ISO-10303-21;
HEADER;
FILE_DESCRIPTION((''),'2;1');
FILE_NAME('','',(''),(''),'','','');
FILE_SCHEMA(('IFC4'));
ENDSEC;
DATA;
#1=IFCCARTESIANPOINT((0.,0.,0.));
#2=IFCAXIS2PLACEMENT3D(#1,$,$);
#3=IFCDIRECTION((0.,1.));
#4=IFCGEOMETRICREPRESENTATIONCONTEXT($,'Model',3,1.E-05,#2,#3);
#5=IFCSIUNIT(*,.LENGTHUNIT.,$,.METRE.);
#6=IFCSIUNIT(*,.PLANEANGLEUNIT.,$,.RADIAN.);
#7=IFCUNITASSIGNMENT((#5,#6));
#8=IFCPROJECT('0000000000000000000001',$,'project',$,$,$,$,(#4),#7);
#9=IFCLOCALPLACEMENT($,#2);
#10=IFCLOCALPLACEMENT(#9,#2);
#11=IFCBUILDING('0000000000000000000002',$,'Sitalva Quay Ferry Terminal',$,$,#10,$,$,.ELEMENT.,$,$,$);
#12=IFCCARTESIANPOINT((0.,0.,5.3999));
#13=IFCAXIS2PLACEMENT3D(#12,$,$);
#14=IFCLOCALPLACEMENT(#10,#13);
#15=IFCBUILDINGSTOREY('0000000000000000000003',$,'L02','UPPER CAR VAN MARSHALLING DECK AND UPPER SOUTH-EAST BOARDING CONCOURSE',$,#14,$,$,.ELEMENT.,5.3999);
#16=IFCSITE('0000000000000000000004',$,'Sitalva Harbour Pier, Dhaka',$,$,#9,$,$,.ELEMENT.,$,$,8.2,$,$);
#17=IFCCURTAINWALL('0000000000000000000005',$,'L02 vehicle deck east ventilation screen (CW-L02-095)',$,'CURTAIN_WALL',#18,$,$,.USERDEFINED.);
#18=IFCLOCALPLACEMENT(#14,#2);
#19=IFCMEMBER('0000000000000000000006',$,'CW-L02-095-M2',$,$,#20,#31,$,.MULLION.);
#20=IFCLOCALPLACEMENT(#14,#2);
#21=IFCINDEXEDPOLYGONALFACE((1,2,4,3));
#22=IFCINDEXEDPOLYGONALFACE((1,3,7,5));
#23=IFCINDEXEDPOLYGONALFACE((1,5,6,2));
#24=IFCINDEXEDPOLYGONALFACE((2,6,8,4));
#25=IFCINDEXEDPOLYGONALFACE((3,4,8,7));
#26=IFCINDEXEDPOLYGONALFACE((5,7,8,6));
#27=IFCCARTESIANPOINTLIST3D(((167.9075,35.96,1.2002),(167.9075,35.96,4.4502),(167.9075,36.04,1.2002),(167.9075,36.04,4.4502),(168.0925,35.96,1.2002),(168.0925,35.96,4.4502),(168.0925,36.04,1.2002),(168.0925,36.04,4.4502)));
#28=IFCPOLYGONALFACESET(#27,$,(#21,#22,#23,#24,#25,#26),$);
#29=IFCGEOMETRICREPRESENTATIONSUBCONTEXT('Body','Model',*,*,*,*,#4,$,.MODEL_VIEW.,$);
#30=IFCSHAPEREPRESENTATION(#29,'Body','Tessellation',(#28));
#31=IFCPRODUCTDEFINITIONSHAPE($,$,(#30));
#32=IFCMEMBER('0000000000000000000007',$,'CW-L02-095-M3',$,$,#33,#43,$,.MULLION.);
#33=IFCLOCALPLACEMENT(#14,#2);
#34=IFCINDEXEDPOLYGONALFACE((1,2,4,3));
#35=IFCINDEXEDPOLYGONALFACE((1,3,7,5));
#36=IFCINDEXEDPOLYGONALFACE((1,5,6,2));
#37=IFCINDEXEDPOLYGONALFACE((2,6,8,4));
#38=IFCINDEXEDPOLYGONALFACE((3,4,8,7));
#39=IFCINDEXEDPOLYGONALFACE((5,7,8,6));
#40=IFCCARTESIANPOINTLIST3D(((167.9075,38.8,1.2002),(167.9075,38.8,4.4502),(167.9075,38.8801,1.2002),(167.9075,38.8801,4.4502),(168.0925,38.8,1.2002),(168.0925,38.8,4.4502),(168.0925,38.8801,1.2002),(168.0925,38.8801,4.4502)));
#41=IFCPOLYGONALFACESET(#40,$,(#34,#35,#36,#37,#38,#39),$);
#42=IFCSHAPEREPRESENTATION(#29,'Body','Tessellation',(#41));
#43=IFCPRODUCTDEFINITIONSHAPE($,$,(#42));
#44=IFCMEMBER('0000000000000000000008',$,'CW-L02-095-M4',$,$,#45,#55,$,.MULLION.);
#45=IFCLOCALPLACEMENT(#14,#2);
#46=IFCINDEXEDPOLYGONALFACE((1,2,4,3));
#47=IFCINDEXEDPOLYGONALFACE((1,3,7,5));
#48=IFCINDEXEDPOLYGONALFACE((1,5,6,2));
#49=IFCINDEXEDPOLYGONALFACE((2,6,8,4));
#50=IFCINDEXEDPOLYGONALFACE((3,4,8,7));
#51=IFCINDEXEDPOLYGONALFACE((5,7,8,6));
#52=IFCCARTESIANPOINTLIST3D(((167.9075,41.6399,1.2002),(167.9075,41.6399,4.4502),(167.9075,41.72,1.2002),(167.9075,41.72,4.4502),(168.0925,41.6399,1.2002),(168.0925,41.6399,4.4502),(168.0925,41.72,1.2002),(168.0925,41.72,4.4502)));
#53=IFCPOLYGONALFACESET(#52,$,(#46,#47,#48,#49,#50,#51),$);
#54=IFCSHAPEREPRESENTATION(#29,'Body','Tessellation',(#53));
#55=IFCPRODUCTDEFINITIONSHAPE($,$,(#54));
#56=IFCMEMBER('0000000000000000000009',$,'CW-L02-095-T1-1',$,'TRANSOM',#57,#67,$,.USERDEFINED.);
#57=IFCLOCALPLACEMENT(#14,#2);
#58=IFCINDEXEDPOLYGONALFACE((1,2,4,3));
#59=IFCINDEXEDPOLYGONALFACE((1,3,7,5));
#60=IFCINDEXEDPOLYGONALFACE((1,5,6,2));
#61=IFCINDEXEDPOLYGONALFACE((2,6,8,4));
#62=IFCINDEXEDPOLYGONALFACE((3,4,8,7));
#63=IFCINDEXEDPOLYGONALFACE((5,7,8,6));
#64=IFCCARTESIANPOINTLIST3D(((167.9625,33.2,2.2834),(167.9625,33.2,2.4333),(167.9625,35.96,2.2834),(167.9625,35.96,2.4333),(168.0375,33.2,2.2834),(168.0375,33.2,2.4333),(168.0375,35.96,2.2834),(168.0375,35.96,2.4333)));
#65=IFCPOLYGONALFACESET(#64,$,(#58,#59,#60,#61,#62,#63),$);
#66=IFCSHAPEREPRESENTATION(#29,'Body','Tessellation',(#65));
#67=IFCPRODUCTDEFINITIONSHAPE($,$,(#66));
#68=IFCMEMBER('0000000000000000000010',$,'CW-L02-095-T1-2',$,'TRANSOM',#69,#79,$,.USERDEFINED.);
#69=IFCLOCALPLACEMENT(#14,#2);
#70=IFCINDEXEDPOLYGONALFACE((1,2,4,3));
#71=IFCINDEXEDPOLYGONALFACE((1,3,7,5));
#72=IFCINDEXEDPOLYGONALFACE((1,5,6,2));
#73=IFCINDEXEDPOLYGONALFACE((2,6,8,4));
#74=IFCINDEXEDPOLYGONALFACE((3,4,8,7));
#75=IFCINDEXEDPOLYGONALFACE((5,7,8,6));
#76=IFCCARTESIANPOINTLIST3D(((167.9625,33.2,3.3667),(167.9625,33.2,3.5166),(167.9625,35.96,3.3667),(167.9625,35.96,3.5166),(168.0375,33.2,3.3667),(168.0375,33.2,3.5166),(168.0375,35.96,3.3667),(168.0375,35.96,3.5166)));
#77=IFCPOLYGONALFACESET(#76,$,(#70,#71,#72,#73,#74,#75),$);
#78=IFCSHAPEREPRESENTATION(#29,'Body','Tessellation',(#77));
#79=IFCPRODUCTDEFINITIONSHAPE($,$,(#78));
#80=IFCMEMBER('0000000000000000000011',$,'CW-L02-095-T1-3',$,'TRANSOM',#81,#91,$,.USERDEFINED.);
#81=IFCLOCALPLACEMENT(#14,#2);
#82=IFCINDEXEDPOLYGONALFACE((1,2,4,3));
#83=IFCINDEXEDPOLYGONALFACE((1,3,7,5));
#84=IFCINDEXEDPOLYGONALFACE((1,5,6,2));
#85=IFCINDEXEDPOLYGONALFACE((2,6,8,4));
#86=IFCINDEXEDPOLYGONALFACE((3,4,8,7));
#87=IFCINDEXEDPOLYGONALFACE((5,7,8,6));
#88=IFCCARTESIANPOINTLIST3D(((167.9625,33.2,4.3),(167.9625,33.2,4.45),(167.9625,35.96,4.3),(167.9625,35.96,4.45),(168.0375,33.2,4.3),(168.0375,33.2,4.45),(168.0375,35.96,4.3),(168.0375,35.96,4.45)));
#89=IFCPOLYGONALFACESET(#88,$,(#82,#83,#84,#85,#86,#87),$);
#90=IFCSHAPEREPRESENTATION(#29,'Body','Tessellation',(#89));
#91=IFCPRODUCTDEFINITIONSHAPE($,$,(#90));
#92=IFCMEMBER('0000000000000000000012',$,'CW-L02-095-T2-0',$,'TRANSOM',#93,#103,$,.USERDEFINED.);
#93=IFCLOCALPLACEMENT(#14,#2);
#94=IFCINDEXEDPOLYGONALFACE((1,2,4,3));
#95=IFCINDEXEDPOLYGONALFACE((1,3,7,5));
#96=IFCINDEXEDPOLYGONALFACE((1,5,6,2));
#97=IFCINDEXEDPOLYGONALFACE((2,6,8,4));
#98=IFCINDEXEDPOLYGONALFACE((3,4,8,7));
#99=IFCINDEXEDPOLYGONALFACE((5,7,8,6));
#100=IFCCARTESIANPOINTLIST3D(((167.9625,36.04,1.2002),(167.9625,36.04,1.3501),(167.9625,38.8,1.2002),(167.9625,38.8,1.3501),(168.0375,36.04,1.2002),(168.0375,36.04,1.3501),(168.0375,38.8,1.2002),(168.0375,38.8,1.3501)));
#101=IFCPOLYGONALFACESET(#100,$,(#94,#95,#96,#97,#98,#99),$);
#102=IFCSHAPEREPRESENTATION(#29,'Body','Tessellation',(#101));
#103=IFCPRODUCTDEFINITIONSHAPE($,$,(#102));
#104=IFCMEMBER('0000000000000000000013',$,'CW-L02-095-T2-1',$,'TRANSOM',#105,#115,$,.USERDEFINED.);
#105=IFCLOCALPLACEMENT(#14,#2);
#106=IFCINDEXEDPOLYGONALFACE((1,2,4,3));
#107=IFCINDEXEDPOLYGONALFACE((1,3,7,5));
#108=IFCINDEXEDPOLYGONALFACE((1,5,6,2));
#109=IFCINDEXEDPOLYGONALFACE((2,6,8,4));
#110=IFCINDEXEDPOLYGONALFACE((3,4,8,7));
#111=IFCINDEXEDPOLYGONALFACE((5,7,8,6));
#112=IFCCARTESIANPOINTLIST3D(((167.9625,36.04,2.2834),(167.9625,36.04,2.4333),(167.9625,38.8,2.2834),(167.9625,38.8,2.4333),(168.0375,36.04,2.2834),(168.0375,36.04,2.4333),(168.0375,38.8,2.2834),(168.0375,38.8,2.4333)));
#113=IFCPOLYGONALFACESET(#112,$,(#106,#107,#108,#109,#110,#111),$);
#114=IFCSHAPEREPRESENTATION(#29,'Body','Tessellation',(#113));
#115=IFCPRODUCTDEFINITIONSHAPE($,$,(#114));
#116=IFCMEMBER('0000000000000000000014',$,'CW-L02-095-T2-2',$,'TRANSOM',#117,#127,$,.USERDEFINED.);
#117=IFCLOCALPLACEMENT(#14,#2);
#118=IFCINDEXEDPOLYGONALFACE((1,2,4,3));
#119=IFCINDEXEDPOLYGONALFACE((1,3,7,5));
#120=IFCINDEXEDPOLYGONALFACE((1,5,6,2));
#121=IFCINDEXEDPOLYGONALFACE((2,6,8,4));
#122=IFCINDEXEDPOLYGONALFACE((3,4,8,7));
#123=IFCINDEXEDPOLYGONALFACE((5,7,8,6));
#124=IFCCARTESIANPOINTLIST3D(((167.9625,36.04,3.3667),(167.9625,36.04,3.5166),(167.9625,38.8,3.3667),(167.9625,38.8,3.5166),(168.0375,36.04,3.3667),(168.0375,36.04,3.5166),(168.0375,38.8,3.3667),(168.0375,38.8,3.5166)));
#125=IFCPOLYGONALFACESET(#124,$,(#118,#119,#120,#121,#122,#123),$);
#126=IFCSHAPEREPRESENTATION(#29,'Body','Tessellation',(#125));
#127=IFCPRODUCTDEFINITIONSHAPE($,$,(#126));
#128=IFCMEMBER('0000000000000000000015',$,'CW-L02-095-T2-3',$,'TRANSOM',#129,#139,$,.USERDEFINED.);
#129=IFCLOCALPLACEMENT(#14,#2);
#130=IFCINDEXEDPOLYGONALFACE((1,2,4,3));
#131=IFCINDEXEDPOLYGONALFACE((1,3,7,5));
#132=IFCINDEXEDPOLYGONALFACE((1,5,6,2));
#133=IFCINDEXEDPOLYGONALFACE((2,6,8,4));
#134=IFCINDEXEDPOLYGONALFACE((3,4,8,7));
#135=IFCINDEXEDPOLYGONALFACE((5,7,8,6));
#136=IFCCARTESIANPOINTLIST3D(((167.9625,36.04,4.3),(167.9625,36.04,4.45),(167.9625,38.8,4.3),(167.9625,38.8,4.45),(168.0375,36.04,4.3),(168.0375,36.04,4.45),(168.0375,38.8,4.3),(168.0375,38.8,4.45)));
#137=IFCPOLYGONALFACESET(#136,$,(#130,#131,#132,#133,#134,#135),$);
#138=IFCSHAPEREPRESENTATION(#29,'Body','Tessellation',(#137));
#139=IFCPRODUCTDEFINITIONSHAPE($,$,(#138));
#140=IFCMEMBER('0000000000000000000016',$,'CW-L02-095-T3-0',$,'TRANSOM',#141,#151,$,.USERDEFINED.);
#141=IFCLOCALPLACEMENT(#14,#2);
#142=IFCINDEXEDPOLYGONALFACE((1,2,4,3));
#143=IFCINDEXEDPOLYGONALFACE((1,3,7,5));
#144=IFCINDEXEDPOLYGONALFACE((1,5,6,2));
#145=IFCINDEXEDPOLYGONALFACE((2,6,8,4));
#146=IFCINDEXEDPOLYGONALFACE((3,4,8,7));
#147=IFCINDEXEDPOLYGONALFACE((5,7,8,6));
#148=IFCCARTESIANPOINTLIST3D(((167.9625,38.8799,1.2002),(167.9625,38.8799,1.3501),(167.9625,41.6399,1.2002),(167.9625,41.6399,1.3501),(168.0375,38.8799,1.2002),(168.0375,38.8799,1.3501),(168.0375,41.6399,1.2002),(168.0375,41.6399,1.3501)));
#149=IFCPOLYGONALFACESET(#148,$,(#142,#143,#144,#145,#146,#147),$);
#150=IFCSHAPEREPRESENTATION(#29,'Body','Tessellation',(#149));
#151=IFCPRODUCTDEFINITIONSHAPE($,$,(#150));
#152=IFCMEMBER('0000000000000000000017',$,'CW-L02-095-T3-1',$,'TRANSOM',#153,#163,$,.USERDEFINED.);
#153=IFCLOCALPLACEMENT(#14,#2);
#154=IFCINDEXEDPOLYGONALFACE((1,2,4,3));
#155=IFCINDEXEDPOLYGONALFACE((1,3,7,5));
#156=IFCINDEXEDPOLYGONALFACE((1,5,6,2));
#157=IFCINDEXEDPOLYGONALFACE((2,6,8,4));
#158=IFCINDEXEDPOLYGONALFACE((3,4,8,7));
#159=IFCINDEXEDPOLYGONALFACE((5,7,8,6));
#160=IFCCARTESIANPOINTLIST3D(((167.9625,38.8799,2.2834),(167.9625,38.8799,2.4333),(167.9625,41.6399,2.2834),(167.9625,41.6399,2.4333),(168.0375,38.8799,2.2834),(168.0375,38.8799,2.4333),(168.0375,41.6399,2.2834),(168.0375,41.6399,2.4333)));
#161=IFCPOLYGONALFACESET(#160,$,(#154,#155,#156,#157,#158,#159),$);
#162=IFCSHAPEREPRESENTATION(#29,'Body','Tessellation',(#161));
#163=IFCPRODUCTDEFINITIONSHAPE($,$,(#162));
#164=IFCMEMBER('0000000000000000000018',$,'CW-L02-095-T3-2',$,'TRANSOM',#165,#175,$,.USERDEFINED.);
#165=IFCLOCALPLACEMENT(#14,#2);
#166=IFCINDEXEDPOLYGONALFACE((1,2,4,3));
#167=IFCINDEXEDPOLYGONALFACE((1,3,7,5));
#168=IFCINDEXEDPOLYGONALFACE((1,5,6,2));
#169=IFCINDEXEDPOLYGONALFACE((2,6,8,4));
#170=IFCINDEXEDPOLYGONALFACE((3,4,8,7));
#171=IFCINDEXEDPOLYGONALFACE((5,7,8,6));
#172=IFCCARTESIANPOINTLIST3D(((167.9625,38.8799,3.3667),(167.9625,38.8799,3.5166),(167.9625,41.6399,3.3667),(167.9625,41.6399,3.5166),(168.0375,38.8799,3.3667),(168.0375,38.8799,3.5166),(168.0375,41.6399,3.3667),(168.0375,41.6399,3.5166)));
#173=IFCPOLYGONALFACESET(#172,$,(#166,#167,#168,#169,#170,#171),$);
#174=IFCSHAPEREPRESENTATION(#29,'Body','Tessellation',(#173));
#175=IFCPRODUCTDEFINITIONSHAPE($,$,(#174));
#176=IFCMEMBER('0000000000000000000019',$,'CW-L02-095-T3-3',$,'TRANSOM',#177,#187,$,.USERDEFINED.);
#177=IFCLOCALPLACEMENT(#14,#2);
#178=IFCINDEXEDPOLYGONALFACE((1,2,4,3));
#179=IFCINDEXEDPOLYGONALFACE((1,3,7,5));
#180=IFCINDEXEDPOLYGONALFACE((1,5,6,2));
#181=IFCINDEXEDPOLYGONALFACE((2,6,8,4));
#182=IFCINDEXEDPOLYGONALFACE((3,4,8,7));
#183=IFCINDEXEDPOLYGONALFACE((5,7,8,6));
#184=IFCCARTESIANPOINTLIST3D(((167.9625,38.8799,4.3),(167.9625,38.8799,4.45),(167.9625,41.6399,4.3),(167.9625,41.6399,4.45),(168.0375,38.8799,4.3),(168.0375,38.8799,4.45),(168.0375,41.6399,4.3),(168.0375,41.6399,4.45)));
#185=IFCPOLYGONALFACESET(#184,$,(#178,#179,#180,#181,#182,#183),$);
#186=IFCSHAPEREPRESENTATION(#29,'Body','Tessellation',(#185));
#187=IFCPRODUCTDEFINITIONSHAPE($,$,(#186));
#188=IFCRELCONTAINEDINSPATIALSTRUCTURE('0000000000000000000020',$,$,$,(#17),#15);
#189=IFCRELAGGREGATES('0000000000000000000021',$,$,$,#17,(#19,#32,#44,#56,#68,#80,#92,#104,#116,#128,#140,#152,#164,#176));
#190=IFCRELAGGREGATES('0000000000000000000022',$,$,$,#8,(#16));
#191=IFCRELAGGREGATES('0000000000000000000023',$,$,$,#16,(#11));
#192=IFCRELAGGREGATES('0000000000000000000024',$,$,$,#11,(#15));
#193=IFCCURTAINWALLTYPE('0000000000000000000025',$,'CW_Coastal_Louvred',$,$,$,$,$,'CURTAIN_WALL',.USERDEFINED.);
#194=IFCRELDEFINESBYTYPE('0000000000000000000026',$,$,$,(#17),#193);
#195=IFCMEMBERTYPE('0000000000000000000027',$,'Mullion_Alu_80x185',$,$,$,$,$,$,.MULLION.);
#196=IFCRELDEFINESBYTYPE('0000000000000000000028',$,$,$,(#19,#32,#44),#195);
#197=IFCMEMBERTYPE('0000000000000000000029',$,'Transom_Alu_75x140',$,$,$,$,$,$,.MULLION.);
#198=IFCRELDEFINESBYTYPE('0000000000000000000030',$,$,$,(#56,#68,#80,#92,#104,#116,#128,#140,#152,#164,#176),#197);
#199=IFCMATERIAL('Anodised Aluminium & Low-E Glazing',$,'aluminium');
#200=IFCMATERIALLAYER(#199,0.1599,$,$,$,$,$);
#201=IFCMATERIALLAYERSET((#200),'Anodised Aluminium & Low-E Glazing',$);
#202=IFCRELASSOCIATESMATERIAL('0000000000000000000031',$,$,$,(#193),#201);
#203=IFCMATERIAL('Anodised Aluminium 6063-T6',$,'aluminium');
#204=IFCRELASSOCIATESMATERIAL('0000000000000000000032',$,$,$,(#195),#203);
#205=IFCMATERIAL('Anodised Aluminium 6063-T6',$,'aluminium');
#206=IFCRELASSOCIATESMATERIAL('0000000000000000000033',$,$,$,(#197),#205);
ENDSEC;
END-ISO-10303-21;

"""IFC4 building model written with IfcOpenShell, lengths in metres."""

from ifc_helpers import new_model, si_unit, direction, frame, origin, origin_2d, place, context, subcontext, project, spatial, rectangle, extrude, material, layer, layer_set, material_profile, profile_set, type_object, element, aggregate, save


model = new_model("IFC4")

# Units and contexts
model_context = context("Model", 3, precision=1e-05, world=origin(), true_north=direction((0.0, 1.0)))
body_context = subcontext(model_context, "Body", "Model", "MODEL_VIEW")
ifc_project = project(units=[si_unit("LENGTHUNIT", "METRE"), si_unit("PLANEANGLEUNIT", "RADIAN")], contexts=[model_context])

# Site, building, storey
site_placement = place(None, origin())
site = spatial("IfcSite", under=ifc_project, at=site_placement, Name="Sitalva Harbour Pier, Dhaka", CompositionType="ELEMENT", RefElevation=8.2)
building_placement = place(site_placement, origin())
building = spatial("IfcBuilding", under=site, at=building_placement, Name="Sitalva Quay Ferry Terminal", CompositionType="ELEMENT")
storey_placement = place(building_placement, frame((0.0, 0.0, 5.3999)))
storey = spatial("IfcBuildingStorey", under=building, at=storey_placement, Name="L02", Description="UPPER CAR VAN MARSHALLING DECK AND UPPER SOUTH-EAST BOARDING CONCOURSE", CompositionType="ELEMENT", Elevation=5.3999)

# Curtain wall, members
ifc_material_1 = material(Name="Anodised Aluminium & Low-E Glazing", Category="aluminium")
ifc_layer_1 = layer(ifc_material_1, 0.1599)
ifc_layer_set_1 = layer_set([ifc_layer_1], Name="Anodised Aluminium & Low-E Glazing")
curtain_wall_type = type_object("IfcCurtainWallType", Name="CW_Coastal_Louvred", ElementType="CURTAIN_WALL", PredefinedType="USERDEFINED", material=ifc_layer_set_1)
curtain_wall_placement = place(storey_placement, origin())
curtain_wall = element("IfcCurtainWall", 1, at=curtain_wall_placement, inside=storey, type_object=curtain_wall_type, Name="L02 vehicle deck east ventilation screen (CW-L02-095)", ObjectType="CURTAIN_WALL", PredefinedType="USERDEFINED")
ifc_material_2 = material(Name="Anodised Aluminium 6063-T6", Category="aluminium")
ifc_material_profile_1 = material_profile(ifc_material_2, rectangle(XDim=0.0801, YDim=0.1851, at=origin_2d()), Name="ALU80x185")
ifc_profile_set_1 = profile_set([ifc_material_profile_1], Name="Anodised Aluminium 6063-T6")
member_type_1 = type_object("IfcMemberType", Name="Mullion_Alu_80x185", PredefinedType="MULLION", material=ifc_profile_set_1)
member_1_placement = place(storey_placement, frame((168.0, 36.0, 1.2002), z_axis=(0.0, 0.0, 1.0), x_axis=(0.0, 1.0, 0.0)))
member_1 = element("IfcMember", 2, at=member_1_placement, type_object=member_type_1, Name="CW-L02-095-M2", PredefinedType="MULLION", context=body_context, shape_type="SweptSolid", body=[
    extrude(rectangle(XDim=0.0801, YDim=0.1851, at=origin_2d()), origin(), (0.0, 0.0, 1.0), 3.25),
])
member_2_placement = place(storey_placement, frame((168.0, 38.8401, 1.2002), z_axis=(0.0, 0.0, 1.0), x_axis=(0.0, 1.0, 0.0)))
member_2 = element("IfcMember", 3, at=member_2_placement, type_object=member_type_1, Name="CW-L02-095-M3", PredefinedType="MULLION", context=body_context, shape_type="SweptSolid", body=[
    extrude(rectangle(XDim=0.0801, YDim=0.1851, at=origin_2d()), origin(), (0.0, 0.0, 1.0), 3.25),
])
member_3_placement = place(storey_placement, frame((168.0, 41.6799, 1.2002), z_axis=(0.0, 0.0, 1.0), x_axis=(0.0, 1.0, 0.0)))
member_3 = element("IfcMember", 4, at=member_3_placement, type_object=member_type_1, Name="CW-L02-095-M4", PredefinedType="MULLION", context=body_context, shape_type="SweptSolid", body=[
    extrude(rectangle(XDim=0.0801, YDim=0.1851, at=origin_2d()), origin(), (0.0, 0.0, 1.0), 3.25),
])
ifc_material_3 = material(Name="Anodised Aluminium 6063-T6", Category="aluminium")
ifc_material_profile_2 = material_profile(ifc_material_3, rectangle(XDim=0.075, YDim=0.1499, at=origin_2d()), Name="ALU75x150")
ifc_profile_set_2 = profile_set([ifc_material_profile_2], Name="Anodised Aluminium 6063-T6")
member_type_2 = type_object("IfcMemberType", Name="Transom_Alu_75x140", PredefinedType="MULLION", material=ifc_profile_set_2)
member_4_placement = place(storey_placement, frame((168.0, 33.2, 2.3584), z_axis=(0.0, 1.0, 0.0), x_axis=(-1.0, 0.0, 0.0)))
member_4 = element("IfcMember", 5, at=member_4_placement, type_object=member_type_2, Name="CW-L02-095-T1-1", ObjectType="TRANSOM", PredefinedType="USERDEFINED", context=body_context, shape_type="SweptSolid", body=[
    extrude(rectangle(XDim=0.075, YDim=0.1499, at=origin_2d()), origin(), (0.0, 0.0, 1.0), 2.76),
])
member_5_placement = place(storey_placement, frame((168.0, 33.2, 3.4417), z_axis=(0.0, 1.0, 0.0), x_axis=(-1.0, 0.0, 0.0)))
member_5 = element("IfcMember", 6, at=member_5_placement, type_object=member_type_2, Name="CW-L02-095-T1-2", ObjectType="TRANSOM", PredefinedType="USERDEFINED", context=body_context, shape_type="SweptSolid", body=[
    extrude(rectangle(XDim=0.075, YDim=0.1499, at=origin_2d()), origin(), (0.0, 0.0, 1.0), 2.76),
])
member_6_placement = place(storey_placement, frame((168.0, 33.2, 4.375), z_axis=(0.0, 1.0, 0.0), x_axis=(-1.0, 0.0, 0.0)))
member_6 = element("IfcMember", 7, at=member_6_placement, type_object=member_type_2, Name="CW-L02-095-T1-3", ObjectType="TRANSOM", PredefinedType="USERDEFINED", context=body_context, shape_type="SweptSolid", body=[
    extrude(rectangle(XDim=0.075, YDim=0.1499, at=origin_2d()), origin(), (0.0, 0.0, 1.0), 2.76),
])
member_7_placement = place(storey_placement, frame((168.0, 36.04, 1.2751), z_axis=(0.0, 1.0, 0.0), x_axis=(-1.0, 0.0, 0.0)))
member_7 = element("IfcMember", 8, at=member_7_placement, type_object=member_type_2, Name="CW-L02-095-T2-0", ObjectType="TRANSOM", PredefinedType="USERDEFINED", context=body_context, shape_type="SweptSolid", body=[
    extrude(rectangle(XDim=0.075, YDim=0.1499, at=origin_2d()), origin(), (0.0, 0.0, 1.0), 2.76),
])
member_8_placement = place(storey_placement, frame((168.0, 36.04, 2.3584), z_axis=(0.0, 1.0, 0.0), x_axis=(-1.0, 0.0, 0.0)))
member_8 = element("IfcMember", 9, at=member_8_placement, type_object=member_type_2, Name="CW-L02-095-T2-1", ObjectType="TRANSOM", PredefinedType="USERDEFINED", context=body_context, shape_type="SweptSolid", body=[
    extrude(rectangle(XDim=0.075, YDim=0.1499, at=origin_2d()), origin(), (0.0, 0.0, 1.0), 2.76),
])
member_9_placement = place(storey_placement, frame((168.0, 36.04, 3.4417), z_axis=(0.0, 1.0, 0.0), x_axis=(-1.0, 0.0, 0.0)))
member_9 = element("IfcMember", 10, at=member_9_placement, type_object=member_type_2, Name="CW-L02-095-T2-2", ObjectType="TRANSOM", PredefinedType="USERDEFINED", context=body_context, shape_type="SweptSolid", body=[
    extrude(rectangle(XDim=0.075, YDim=0.1499, at=origin_2d()), origin(), (0.0, 0.0, 1.0), 2.76),
])
member_10_placement = place(storey_placement, frame((168.0, 36.04, 4.375), z_axis=(0.0, 1.0, 0.0), x_axis=(-1.0, 0.0, 0.0)))
member_10 = element("IfcMember", 11, at=member_10_placement, type_object=member_type_2, Name="CW-L02-095-T2-3", ObjectType="TRANSOM", PredefinedType="USERDEFINED", context=body_context, shape_type="SweptSolid", body=[
    extrude(rectangle(XDim=0.075, YDim=0.1499, at=origin_2d()), origin(), (0.0, 0.0, 1.0), 2.76),
])
member_11_placement = place(storey_placement, frame((168.0, 38.8799, 1.2751), z_axis=(0.0, 1.0, 0.0), x_axis=(-1.0, 0.0, 0.0)))
member_11 = element("IfcMember", 12, at=member_11_placement, type_object=member_type_2, Name="CW-L02-095-T3-0", ObjectType="TRANSOM", PredefinedType="USERDEFINED", context=body_context, shape_type="SweptSolid", body=[
    extrude(rectangle(XDim=0.075, YDim=0.1499, at=origin_2d()), origin(), (0.0, 0.0, 1.0), 2.76),
])
member_12_placement = place(storey_placement, frame((168.0, 38.8799, 2.3584), z_axis=(0.0, 1.0, 0.0), x_axis=(-1.0, 0.0, 0.0)))
member_12 = element("IfcMember", 13, at=member_12_placement, type_object=member_type_2, Name="CW-L02-095-T3-1", ObjectType="TRANSOM", PredefinedType="USERDEFINED", context=body_context, shape_type="SweptSolid", body=[
    extrude(rectangle(XDim=0.075, YDim=0.1499, at=origin_2d()), origin(), (0.0, 0.0, 1.0), 2.76),
])
member_13_placement = place(storey_placement, frame((168.0, 38.8799, 3.4417), z_axis=(0.0, 1.0, 0.0), x_axis=(-1.0, 0.0, 0.0)))
member_13 = element("IfcMember", 14, at=member_13_placement, type_object=member_type_2, Name="CW-L02-095-T3-2", ObjectType="TRANSOM", PredefinedType="USERDEFINED", context=body_context, shape_type="SweptSolid", body=[
    extrude(rectangle(XDim=0.075, YDim=0.1499, at=origin_2d()), origin(), (0.0, 0.0, 1.0), 2.76),
])
member_14_placement = place(storey_placement, frame((168.0, 38.8799, 4.375), z_axis=(0.0, 1.0, 0.0), x_axis=(-1.0, 0.0, 0.0)))
member_14 = element("IfcMember", 15, at=member_14_placement, type_object=member_type_2, Name="CW-L02-095-T3-3", ObjectType="TRANSOM", PredefinedType="USERDEFINED", context=body_context, shape_type="SweptSolid", body=[
    extrude(rectangle(XDim=0.075, YDim=0.1499, at=origin_2d()), origin(), (0.0, 0.0, 1.0), 2.76),
])
aggregate(curtain_wall, [member_1, member_2, member_3, member_4, member_5, member_6, member_7, member_8, member_9, member_10, member_11, member_12, member_13, member_14])

save(model, "model.ifc")
